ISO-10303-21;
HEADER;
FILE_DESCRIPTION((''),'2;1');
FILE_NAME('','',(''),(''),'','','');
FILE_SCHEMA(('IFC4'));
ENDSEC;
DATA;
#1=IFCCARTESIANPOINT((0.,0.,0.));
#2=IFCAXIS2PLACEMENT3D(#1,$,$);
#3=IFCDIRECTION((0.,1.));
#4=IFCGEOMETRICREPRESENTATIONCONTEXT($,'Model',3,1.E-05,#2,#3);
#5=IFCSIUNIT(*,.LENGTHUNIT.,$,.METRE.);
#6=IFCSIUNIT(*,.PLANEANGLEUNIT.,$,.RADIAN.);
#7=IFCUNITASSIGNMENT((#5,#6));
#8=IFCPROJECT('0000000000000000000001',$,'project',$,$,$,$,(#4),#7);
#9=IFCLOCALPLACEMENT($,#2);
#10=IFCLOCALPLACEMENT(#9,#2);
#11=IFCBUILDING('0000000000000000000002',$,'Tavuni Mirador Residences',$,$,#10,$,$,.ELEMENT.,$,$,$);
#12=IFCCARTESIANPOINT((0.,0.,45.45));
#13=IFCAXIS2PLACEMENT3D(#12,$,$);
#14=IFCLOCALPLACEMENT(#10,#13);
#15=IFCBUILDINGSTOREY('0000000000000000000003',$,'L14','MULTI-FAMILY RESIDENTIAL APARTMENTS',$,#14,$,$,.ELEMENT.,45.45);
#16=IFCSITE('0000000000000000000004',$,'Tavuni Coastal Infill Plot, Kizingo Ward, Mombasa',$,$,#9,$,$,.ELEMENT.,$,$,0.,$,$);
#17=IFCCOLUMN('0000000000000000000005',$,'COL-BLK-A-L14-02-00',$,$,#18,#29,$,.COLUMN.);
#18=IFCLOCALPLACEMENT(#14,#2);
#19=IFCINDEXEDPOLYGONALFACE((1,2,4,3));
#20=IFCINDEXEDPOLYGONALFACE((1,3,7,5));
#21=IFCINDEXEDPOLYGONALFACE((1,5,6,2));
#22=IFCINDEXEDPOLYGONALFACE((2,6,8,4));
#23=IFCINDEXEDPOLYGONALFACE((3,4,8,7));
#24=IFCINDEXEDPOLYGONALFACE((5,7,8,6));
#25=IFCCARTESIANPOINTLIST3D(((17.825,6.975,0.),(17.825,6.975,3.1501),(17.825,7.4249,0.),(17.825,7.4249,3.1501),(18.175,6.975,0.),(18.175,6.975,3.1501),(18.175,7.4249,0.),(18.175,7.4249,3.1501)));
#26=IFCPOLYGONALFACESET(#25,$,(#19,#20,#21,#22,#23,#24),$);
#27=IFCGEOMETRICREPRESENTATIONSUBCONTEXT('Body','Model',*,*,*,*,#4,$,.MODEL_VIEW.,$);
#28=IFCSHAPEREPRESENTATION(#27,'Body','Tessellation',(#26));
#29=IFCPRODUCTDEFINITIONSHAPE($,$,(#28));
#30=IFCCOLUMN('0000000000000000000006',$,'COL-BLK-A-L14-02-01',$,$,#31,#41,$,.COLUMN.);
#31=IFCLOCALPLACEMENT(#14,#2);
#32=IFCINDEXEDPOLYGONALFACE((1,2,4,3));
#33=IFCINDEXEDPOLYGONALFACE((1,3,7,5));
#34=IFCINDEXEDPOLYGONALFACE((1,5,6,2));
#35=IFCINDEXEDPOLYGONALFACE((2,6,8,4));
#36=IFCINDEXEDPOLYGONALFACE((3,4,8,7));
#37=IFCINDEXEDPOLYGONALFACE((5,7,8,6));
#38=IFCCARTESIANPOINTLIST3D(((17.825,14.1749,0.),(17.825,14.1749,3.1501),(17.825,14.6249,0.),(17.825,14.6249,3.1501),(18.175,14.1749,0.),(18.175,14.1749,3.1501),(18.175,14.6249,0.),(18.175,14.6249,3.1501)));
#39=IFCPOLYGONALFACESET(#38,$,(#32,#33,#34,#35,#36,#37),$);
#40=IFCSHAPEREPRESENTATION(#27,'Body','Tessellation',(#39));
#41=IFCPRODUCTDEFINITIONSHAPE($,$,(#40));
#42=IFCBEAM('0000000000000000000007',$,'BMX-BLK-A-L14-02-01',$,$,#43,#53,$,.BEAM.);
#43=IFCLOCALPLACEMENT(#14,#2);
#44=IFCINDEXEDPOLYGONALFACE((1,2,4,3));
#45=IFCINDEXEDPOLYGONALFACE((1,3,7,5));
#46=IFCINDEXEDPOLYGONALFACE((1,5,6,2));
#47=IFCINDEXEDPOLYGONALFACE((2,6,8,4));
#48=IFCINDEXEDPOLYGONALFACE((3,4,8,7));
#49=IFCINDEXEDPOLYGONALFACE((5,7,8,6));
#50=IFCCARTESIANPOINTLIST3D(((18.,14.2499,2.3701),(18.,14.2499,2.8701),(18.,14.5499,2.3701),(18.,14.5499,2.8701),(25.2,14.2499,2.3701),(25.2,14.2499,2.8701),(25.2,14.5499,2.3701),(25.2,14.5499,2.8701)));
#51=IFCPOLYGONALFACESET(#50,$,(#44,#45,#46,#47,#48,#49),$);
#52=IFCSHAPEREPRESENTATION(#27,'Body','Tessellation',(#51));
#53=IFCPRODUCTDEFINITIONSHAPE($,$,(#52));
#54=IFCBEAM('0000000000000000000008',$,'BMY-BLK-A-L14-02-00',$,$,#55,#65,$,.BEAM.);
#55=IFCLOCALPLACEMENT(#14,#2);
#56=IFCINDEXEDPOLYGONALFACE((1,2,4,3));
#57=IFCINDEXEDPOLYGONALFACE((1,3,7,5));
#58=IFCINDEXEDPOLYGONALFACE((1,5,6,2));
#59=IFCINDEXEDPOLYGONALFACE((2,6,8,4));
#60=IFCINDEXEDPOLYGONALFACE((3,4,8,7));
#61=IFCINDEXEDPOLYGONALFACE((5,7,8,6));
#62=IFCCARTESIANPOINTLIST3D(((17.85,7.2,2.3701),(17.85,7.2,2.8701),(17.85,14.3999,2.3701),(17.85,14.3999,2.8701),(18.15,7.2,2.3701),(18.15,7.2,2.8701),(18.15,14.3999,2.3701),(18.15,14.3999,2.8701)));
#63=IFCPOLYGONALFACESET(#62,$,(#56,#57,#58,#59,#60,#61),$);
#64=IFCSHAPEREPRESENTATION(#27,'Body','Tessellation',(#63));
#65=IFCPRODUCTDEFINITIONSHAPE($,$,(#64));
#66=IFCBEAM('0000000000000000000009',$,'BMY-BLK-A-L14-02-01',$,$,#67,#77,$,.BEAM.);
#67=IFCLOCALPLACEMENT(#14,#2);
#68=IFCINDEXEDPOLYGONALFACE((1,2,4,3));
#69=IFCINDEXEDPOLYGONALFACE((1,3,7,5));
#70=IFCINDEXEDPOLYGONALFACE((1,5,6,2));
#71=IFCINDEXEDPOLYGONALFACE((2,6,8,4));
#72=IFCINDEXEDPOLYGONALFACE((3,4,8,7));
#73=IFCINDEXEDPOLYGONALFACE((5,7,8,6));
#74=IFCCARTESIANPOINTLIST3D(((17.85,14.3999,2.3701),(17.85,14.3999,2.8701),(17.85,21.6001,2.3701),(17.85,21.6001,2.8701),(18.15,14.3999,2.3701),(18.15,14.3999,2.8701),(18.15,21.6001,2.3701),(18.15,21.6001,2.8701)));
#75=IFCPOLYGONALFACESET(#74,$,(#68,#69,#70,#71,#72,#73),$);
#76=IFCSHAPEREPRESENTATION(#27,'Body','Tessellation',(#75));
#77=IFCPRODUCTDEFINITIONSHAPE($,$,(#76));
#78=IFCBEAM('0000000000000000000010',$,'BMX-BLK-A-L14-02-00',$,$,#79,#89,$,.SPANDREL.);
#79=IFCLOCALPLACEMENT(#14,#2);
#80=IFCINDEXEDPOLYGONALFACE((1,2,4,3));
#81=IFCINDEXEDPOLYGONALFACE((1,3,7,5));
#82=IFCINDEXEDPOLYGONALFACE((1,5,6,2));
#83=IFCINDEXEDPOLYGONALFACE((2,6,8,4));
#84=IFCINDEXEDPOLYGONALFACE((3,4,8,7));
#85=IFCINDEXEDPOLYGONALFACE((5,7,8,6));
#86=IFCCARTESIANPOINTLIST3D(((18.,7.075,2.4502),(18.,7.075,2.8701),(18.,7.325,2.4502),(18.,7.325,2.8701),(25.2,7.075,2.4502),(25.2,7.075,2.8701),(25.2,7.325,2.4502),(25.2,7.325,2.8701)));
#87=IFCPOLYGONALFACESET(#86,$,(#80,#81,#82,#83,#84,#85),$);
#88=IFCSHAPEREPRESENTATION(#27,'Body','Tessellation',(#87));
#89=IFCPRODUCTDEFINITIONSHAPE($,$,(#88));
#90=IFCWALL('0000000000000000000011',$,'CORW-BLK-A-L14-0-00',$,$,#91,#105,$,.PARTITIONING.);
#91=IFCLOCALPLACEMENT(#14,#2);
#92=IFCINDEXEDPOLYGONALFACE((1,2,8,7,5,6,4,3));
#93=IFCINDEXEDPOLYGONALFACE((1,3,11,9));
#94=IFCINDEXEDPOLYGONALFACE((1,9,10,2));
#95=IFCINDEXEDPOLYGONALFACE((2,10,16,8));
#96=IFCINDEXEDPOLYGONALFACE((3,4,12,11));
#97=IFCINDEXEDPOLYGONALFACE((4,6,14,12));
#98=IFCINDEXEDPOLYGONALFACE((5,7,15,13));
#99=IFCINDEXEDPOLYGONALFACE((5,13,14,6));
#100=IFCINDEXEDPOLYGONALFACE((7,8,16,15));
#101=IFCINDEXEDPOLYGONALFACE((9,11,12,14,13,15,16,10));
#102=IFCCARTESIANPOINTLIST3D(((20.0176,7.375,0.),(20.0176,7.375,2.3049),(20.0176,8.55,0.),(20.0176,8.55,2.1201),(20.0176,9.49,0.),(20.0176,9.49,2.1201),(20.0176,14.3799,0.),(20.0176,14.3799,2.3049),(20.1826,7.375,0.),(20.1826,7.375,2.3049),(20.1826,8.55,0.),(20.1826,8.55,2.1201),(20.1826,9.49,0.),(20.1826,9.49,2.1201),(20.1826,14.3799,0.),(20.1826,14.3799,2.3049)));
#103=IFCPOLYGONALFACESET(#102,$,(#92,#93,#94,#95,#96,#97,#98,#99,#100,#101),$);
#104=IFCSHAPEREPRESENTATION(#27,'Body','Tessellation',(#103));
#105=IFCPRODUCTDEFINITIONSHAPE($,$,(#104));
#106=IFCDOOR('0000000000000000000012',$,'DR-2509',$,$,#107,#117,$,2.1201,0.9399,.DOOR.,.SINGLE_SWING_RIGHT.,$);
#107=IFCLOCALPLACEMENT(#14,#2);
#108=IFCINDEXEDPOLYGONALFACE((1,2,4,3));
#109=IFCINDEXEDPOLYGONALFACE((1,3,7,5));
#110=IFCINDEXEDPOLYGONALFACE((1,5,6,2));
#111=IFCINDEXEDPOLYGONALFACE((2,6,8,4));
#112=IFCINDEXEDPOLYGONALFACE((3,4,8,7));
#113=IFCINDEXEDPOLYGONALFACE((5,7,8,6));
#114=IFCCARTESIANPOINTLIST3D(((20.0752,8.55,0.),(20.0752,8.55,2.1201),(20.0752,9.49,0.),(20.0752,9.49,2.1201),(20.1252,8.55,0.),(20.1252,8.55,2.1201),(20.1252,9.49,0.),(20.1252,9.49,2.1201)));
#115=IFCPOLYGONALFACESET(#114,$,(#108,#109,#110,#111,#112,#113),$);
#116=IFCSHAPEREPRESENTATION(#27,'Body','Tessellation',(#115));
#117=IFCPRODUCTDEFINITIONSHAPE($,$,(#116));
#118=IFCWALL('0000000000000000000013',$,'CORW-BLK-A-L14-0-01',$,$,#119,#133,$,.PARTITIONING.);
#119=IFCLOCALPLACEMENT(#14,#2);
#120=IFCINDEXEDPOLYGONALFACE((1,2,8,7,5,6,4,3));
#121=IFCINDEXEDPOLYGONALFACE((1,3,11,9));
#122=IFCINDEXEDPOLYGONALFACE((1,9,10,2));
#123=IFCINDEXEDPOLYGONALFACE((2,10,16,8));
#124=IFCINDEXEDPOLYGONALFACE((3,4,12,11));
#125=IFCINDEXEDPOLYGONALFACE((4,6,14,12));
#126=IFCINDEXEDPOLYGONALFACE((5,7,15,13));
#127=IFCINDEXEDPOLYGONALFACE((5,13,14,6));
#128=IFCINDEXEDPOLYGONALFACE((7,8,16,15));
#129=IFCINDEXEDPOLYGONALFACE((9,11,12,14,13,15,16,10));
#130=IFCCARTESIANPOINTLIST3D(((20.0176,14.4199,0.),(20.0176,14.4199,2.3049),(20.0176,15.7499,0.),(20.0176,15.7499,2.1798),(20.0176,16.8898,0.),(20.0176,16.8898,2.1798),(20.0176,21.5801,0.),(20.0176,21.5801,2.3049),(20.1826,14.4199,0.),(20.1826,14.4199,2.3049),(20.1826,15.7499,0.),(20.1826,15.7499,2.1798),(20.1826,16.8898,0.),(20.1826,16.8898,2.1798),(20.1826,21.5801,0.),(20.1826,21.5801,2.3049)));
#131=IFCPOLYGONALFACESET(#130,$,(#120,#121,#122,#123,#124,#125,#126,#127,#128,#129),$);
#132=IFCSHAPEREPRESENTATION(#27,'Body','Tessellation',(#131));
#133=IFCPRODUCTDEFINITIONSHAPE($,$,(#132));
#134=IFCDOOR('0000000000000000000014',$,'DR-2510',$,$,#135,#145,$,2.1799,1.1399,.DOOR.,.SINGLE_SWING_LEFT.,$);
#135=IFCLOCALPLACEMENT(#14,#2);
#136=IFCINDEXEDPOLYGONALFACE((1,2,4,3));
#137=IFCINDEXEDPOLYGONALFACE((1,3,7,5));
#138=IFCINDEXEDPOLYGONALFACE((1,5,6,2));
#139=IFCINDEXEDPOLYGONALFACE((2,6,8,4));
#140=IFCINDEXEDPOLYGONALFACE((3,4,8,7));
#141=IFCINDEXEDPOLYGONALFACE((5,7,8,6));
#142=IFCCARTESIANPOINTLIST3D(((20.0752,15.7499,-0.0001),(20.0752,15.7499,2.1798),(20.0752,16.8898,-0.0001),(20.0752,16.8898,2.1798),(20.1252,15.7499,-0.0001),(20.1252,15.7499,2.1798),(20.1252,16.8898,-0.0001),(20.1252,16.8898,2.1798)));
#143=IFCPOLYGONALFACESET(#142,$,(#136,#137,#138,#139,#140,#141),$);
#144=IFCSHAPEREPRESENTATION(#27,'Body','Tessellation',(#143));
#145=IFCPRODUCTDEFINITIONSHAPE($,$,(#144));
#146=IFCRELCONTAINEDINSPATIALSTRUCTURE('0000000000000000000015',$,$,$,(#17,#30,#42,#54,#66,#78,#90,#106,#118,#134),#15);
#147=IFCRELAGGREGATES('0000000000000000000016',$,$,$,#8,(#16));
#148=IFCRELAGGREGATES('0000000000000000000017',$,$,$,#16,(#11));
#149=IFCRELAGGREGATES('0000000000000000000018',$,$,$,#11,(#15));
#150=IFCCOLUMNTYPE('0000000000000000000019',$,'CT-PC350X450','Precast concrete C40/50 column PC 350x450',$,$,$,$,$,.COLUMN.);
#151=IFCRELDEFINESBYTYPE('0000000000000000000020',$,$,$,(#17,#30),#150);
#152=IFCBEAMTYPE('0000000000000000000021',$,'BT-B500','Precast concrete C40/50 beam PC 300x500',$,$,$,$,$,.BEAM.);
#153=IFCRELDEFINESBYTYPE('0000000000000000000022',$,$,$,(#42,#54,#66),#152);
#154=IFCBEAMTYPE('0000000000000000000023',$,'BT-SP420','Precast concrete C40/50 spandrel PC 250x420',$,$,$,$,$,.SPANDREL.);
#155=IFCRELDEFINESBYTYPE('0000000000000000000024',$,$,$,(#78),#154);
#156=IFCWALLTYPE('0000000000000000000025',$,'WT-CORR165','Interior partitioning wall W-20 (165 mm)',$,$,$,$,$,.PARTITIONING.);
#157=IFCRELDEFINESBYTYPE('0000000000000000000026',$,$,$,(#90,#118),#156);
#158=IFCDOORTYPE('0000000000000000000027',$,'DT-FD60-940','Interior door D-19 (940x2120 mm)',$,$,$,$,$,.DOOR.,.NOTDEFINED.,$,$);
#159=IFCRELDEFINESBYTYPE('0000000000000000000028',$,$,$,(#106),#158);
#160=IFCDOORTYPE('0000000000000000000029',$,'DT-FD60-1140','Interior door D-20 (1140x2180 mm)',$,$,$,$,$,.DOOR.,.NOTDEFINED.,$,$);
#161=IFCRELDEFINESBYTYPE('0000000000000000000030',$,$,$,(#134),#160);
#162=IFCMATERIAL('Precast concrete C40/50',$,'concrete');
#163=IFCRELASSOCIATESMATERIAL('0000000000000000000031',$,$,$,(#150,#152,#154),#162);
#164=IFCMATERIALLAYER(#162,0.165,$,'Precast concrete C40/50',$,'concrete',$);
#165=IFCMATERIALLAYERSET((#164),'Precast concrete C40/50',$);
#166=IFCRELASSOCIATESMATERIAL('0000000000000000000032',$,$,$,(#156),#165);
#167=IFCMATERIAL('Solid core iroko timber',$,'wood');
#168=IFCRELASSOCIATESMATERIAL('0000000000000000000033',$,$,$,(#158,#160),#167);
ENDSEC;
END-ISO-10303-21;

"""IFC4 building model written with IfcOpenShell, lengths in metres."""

from ifc_helpers import new_model, si_unit, direction, frame, frame_2d, origin, origin_2d, place, context, subcontext, project, spatial, rectangle, extrude, material, layer, layer_set, material_profile, profile_set, type_object, element, fill, save


model = new_model("IFC4")

# Units and contexts
model_context = context("Model", 3, precision=1e-05, world=origin(), true_north=direction((0.0, 1.0)))
body_context = subcontext(model_context, "Body", "Model", "MODEL_VIEW")
ifc_project = project(units=[si_unit("LENGTHUNIT", "METRE"), si_unit("PLANEANGLEUNIT", "RADIAN")], contexts=[model_context])

# Site, building, storey
site_placement = place(None, origin())
site = spatial("IfcSite", under=ifc_project, at=site_placement, Name="Tavuni Coastal Infill Plot, Kizingo Ward, Mombasa", CompositionType="ELEMENT", RefElevation=0.0)
building_placement = place(site_placement, origin())
building = spatial("IfcBuilding", under=site, at=building_placement, Name="Tavuni Mirador Residences", CompositionType="ELEMENT")
storey_placement = place(building_placement, frame((0.0, 0.0, 45.45)))
storey = spatial("IfcBuildingStorey", under=building, at=storey_placement, Name="L14", Description="MULTI-FAMILY RESIDENTIAL APARTMENTS", CompositionType="ELEMENT", Elevation=45.45)

# Columns
ifc_material_1 = material(Name="Precast concrete C40/50", Category="concrete")
ifc_material_profile_1 = material_profile(ifc_material_1, rectangle(XDim=0.3501, YDim=0.45, at=origin_2d()), Name="PC 350x450", Category="concrete")
ifc_profile_set_1 = profile_set([ifc_material_profile_1], Name="Precast concrete C40/50")
column_type = type_object("IfcColumnType", Name="CT-PC350X450", Description="Precast concrete C40/50 column PC 350x450", PredefinedType="COLUMN", material=ifc_profile_set_1)
for number, where, z_axis, x_axis, name in (
    (1, (18.0, 7.2, 0.0), (0.0, 0.0, 1.0), (1.0, 0.0, 0.0), "COL-BLK-A-L14-02-00"),
    (2, (18.0, 14.3999, 0.0), (0.0, 0.0, 1.0), (1.0, 0.0, 0.0), "COL-BLK-A-L14-02-01"),
):
    element("IfcColumn", number, at=place(storey_placement, frame(where, z_axis=z_axis, x_axis=x_axis)), inside=storey, type_object=column_type, Name=name, PredefinedType="COLUMN", context=body_context, shape_type="SweptSolid", body=[
        extrude(rectangle(XDim=0.3501, YDim=0.45, at=origin_2d()), origin(), (0.0, 0.0, 1.0), 3.1501),
    ])

# Beams
ifc_material_profile_2 = material_profile(ifc_material_1, rectangle(XDim=0.3, YDim=0.5, at=origin_2d()), Name="PC 300x500", Category="concrete")
ifc_profile_set_2 = profile_set([ifc_material_profile_2], Name="Precast concrete C40/50")
beam_type_1 = type_object("IfcBeamType", Name="BT-B500", Description="Precast concrete C40/50 beam PC 300x500", PredefinedType="BEAM", material=ifc_profile_set_2)
for number, where, z_axis, x_axis, name in (
    (3, (18.0, 14.3999, 2.6201), (1.0, 0.0, 0.0), (0.0, 1.0, 0.0), "BMX-BLK-A-L14-02-01"),
    (4, (18.0, 7.2, 2.6201), (0.0, 1.0, 0.0), (-1.0, 0.0, 0.0), "BMY-BLK-A-L14-02-00"),
):
    element("IfcBeam", number, at=place(storey_placement, frame(where, z_axis=z_axis, x_axis=x_axis)), inside=storey, type_object=beam_type_1, Name=name, PredefinedType="BEAM", context=body_context, shape_type="SweptSolid", body=[
        extrude(rectangle(XDim=0.3, YDim=0.5, at=origin_2d()), origin(), (0.0, 0.0, 1.0), 7.2),
    ])
beam_1_placement = place(storey_placement, frame((18.0, 14.3999, 2.6201), z_axis=(0.0, 1.0, 0.0), x_axis=(-1.0, 0.0, 0.0)))
element("IfcBeam", 5, at=beam_1_placement, inside=storey, type_object=beam_type_1, Name="BMY-BLK-A-L14-02-01", PredefinedType="BEAM", context=body_context, shape_type="SweptSolid", body=[
    extrude(rectangle(XDim=0.3, YDim=0.5, at=origin_2d()), origin(), (0.0, 0.0, 1.0), 7.2002),
])
ifc_material_profile_3 = material_profile(ifc_material_1, rectangle(XDim=0.25, YDim=0.4199, at=origin_2d()), Name="PC 250x420", Category="concrete")
ifc_profile_set_3 = profile_set([ifc_material_profile_3], Name="Precast concrete C40/50")
beam_type_2 = type_object("IfcBeamType", Name="BT-SP420", Description="Precast concrete C40/50 spandrel PC 250x420", PredefinedType="SPANDREL", material=ifc_profile_set_3)
beam_2_placement = place(storey_placement, frame((18.0, 7.2, 2.6602), z_axis=(1.0, 0.0, 0.0), x_axis=(0.0, 1.0, 0.0)))
element("IfcBeam", 6, at=beam_2_placement, inside=storey, type_object=beam_type_2, Name="BMX-BLK-A-L14-02-00", PredefinedType="SPANDREL", context=body_context, shape_type="SweptSolid", body=[
    extrude(rectangle(XDim=0.25, YDim=0.4199, at=origin_2d()), origin(), (0.0, 0.0, 1.0), 7.2),
])

# Walls, openings, doors
ifc_layer_1 = layer(ifc_material_1, 0.165, Name="Precast concrete C40/50", Category="concrete")
ifc_layer_set_1 = layer_set([ifc_layer_1], Name="Precast concrete C40/50")
wall_type_1 = type_object("IfcWallType", Name="WT-CORR165", Description="Interior partitioning wall W-20 (165 mm)", PredefinedType="PARTITIONING", material=ifc_layer_set_1)
wall_1_placement = place(storey_placement, frame((20.1001, 7.375, 0.0), z_axis=(0.0, 0.0, 1.0), x_axis=(0.0, 1.0, 0.0)))
wall_1 = element("IfcWall", 7, at=wall_1_placement, inside=storey, type_object=wall_type_1, Name="CORW-BLK-A-L14-0-00", PredefinedType="PARTITIONING", context=body_context, shape_type="SweptSolid", body=[
    extrude(rectangle(XDim=7.0049, YDim=0.165, at=frame_2d((3.5024, 0.0))), origin(), (0.0, 0.0, 1.0), 2.3049),
])
opening_1_placement = place(wall_1_placement, frame((1.175, 0.0, 0.0)))
opening_1 = element("IfcOpeningElement", 8, at=opening_1_placement, cuts=wall_1, PredefinedType="OPENING", context=body_context, shape_type="SweptSolid", body=[
    extrude(rectangle(XDim=0.9399, YDim=2.1201, at=frame_2d((0.47, 1.0601))), frame((0.0, 0.0925, 0.0), z_axis=(0.0, -1.0, 0.0), x_axis=(1.0, 0.0, 0.0)), (0.0, 0.0, 1.0), 0.1851),
])
ifc_material_2 = material(Name="Solid core iroko timber", Category="wood")
door_type_1 = type_object("IfcDoorType", Name="DT-FD60-940", Description="Interior door D-19 (940x2120 mm)", OperationType="NOTDEFINED", PredefinedType="DOOR", material=ifc_material_2)
door_1_placement = place(opening_1_placement, origin())
door_1 = element("IfcDoor", 9, at=door_1_placement, inside=storey, type_object=door_type_1, Name="DR-2509", OperationType="SINGLE_SWING_RIGHT", OverallHeight=2.1201, OverallWidth=0.9399, PredefinedType="DOOR", context=body_context, shape_type="SweptSolid", body=[
    extrude(rectangle(XDim=0.9399, YDim=2.1201, at=frame_2d((0.47, 1.0601))), frame((0.0, 0.0249, 0.0), z_axis=(0.0, -1.0, 0.0), x_axis=(1.0, 0.0, 0.0)), (0.0, 0.0, 1.0), 0.05),
])
fill(opening_1, door_1)
wall_2_placement = place(storey_placement, frame((20.1001, 14.4199, 0.0), z_axis=(0.0, 0.0, 1.0), x_axis=(0.0, 1.0, 0.0)))
wall_2 = element("IfcWall", 10, at=wall_2_placement, inside=storey, type_object=wall_type_1, Name="CORW-BLK-A-L14-0-01", PredefinedType="PARTITIONING", context=body_context, shape_type="SweptSolid", body=[
    extrude(rectangle(XDim=7.1602, YDim=0.165, at=frame_2d((3.5801, 0.0))), origin(), (0.0, 0.0, 1.0), 2.3049),
])
opening_2_placement = place(wall_2_placement, frame((1.3301, 0.0, 0.0)))
opening_2 = element("IfcOpeningElement", 11, at=opening_2_placement, cuts=wall_2, PredefinedType="OPENING", context=body_context, shape_type="SweptSolid", body=[
    extrude(rectangle(XDim=1.1399, YDim=2.1799, at=frame_2d((0.5698, 1.0898))), frame((0.0, 0.0925, 0.0), z_axis=(0.0, -1.0, 0.0), x_axis=(1.0, 0.0, 0.0)), (0.0, 0.0, 1.0), 0.1851),
])
door_type_2 = type_object("IfcDoorType", Name="DT-FD60-1140", Description="Interior door D-20 (1140x2180 mm)", OperationType="NOTDEFINED", PredefinedType="DOOR", material=ifc_material_2)
door_2_placement = place(opening_2_placement, origin())
door_2 = element("IfcDoor", 12, at=door_2_placement, inside=storey, type_object=door_type_2, Name="DR-2510", OperationType="SINGLE_SWING_LEFT", OverallHeight=2.1799, OverallWidth=1.1399, PredefinedType="DOOR", context=body_context, shape_type="SweptSolid", body=[
    extrude(rectangle(XDim=1.1399, YDim=2.1799, at=frame_2d((0.5698, 1.0898))), frame((0.0, 0.0249, 0.0), z_axis=(0.0, -1.0, 0.0), x_axis=(1.0, 0.0, 0.0)), (0.0, 0.0, 1.0), 0.05),
])
fill(opening_2, door_2)

save(model, "model.ifc")
